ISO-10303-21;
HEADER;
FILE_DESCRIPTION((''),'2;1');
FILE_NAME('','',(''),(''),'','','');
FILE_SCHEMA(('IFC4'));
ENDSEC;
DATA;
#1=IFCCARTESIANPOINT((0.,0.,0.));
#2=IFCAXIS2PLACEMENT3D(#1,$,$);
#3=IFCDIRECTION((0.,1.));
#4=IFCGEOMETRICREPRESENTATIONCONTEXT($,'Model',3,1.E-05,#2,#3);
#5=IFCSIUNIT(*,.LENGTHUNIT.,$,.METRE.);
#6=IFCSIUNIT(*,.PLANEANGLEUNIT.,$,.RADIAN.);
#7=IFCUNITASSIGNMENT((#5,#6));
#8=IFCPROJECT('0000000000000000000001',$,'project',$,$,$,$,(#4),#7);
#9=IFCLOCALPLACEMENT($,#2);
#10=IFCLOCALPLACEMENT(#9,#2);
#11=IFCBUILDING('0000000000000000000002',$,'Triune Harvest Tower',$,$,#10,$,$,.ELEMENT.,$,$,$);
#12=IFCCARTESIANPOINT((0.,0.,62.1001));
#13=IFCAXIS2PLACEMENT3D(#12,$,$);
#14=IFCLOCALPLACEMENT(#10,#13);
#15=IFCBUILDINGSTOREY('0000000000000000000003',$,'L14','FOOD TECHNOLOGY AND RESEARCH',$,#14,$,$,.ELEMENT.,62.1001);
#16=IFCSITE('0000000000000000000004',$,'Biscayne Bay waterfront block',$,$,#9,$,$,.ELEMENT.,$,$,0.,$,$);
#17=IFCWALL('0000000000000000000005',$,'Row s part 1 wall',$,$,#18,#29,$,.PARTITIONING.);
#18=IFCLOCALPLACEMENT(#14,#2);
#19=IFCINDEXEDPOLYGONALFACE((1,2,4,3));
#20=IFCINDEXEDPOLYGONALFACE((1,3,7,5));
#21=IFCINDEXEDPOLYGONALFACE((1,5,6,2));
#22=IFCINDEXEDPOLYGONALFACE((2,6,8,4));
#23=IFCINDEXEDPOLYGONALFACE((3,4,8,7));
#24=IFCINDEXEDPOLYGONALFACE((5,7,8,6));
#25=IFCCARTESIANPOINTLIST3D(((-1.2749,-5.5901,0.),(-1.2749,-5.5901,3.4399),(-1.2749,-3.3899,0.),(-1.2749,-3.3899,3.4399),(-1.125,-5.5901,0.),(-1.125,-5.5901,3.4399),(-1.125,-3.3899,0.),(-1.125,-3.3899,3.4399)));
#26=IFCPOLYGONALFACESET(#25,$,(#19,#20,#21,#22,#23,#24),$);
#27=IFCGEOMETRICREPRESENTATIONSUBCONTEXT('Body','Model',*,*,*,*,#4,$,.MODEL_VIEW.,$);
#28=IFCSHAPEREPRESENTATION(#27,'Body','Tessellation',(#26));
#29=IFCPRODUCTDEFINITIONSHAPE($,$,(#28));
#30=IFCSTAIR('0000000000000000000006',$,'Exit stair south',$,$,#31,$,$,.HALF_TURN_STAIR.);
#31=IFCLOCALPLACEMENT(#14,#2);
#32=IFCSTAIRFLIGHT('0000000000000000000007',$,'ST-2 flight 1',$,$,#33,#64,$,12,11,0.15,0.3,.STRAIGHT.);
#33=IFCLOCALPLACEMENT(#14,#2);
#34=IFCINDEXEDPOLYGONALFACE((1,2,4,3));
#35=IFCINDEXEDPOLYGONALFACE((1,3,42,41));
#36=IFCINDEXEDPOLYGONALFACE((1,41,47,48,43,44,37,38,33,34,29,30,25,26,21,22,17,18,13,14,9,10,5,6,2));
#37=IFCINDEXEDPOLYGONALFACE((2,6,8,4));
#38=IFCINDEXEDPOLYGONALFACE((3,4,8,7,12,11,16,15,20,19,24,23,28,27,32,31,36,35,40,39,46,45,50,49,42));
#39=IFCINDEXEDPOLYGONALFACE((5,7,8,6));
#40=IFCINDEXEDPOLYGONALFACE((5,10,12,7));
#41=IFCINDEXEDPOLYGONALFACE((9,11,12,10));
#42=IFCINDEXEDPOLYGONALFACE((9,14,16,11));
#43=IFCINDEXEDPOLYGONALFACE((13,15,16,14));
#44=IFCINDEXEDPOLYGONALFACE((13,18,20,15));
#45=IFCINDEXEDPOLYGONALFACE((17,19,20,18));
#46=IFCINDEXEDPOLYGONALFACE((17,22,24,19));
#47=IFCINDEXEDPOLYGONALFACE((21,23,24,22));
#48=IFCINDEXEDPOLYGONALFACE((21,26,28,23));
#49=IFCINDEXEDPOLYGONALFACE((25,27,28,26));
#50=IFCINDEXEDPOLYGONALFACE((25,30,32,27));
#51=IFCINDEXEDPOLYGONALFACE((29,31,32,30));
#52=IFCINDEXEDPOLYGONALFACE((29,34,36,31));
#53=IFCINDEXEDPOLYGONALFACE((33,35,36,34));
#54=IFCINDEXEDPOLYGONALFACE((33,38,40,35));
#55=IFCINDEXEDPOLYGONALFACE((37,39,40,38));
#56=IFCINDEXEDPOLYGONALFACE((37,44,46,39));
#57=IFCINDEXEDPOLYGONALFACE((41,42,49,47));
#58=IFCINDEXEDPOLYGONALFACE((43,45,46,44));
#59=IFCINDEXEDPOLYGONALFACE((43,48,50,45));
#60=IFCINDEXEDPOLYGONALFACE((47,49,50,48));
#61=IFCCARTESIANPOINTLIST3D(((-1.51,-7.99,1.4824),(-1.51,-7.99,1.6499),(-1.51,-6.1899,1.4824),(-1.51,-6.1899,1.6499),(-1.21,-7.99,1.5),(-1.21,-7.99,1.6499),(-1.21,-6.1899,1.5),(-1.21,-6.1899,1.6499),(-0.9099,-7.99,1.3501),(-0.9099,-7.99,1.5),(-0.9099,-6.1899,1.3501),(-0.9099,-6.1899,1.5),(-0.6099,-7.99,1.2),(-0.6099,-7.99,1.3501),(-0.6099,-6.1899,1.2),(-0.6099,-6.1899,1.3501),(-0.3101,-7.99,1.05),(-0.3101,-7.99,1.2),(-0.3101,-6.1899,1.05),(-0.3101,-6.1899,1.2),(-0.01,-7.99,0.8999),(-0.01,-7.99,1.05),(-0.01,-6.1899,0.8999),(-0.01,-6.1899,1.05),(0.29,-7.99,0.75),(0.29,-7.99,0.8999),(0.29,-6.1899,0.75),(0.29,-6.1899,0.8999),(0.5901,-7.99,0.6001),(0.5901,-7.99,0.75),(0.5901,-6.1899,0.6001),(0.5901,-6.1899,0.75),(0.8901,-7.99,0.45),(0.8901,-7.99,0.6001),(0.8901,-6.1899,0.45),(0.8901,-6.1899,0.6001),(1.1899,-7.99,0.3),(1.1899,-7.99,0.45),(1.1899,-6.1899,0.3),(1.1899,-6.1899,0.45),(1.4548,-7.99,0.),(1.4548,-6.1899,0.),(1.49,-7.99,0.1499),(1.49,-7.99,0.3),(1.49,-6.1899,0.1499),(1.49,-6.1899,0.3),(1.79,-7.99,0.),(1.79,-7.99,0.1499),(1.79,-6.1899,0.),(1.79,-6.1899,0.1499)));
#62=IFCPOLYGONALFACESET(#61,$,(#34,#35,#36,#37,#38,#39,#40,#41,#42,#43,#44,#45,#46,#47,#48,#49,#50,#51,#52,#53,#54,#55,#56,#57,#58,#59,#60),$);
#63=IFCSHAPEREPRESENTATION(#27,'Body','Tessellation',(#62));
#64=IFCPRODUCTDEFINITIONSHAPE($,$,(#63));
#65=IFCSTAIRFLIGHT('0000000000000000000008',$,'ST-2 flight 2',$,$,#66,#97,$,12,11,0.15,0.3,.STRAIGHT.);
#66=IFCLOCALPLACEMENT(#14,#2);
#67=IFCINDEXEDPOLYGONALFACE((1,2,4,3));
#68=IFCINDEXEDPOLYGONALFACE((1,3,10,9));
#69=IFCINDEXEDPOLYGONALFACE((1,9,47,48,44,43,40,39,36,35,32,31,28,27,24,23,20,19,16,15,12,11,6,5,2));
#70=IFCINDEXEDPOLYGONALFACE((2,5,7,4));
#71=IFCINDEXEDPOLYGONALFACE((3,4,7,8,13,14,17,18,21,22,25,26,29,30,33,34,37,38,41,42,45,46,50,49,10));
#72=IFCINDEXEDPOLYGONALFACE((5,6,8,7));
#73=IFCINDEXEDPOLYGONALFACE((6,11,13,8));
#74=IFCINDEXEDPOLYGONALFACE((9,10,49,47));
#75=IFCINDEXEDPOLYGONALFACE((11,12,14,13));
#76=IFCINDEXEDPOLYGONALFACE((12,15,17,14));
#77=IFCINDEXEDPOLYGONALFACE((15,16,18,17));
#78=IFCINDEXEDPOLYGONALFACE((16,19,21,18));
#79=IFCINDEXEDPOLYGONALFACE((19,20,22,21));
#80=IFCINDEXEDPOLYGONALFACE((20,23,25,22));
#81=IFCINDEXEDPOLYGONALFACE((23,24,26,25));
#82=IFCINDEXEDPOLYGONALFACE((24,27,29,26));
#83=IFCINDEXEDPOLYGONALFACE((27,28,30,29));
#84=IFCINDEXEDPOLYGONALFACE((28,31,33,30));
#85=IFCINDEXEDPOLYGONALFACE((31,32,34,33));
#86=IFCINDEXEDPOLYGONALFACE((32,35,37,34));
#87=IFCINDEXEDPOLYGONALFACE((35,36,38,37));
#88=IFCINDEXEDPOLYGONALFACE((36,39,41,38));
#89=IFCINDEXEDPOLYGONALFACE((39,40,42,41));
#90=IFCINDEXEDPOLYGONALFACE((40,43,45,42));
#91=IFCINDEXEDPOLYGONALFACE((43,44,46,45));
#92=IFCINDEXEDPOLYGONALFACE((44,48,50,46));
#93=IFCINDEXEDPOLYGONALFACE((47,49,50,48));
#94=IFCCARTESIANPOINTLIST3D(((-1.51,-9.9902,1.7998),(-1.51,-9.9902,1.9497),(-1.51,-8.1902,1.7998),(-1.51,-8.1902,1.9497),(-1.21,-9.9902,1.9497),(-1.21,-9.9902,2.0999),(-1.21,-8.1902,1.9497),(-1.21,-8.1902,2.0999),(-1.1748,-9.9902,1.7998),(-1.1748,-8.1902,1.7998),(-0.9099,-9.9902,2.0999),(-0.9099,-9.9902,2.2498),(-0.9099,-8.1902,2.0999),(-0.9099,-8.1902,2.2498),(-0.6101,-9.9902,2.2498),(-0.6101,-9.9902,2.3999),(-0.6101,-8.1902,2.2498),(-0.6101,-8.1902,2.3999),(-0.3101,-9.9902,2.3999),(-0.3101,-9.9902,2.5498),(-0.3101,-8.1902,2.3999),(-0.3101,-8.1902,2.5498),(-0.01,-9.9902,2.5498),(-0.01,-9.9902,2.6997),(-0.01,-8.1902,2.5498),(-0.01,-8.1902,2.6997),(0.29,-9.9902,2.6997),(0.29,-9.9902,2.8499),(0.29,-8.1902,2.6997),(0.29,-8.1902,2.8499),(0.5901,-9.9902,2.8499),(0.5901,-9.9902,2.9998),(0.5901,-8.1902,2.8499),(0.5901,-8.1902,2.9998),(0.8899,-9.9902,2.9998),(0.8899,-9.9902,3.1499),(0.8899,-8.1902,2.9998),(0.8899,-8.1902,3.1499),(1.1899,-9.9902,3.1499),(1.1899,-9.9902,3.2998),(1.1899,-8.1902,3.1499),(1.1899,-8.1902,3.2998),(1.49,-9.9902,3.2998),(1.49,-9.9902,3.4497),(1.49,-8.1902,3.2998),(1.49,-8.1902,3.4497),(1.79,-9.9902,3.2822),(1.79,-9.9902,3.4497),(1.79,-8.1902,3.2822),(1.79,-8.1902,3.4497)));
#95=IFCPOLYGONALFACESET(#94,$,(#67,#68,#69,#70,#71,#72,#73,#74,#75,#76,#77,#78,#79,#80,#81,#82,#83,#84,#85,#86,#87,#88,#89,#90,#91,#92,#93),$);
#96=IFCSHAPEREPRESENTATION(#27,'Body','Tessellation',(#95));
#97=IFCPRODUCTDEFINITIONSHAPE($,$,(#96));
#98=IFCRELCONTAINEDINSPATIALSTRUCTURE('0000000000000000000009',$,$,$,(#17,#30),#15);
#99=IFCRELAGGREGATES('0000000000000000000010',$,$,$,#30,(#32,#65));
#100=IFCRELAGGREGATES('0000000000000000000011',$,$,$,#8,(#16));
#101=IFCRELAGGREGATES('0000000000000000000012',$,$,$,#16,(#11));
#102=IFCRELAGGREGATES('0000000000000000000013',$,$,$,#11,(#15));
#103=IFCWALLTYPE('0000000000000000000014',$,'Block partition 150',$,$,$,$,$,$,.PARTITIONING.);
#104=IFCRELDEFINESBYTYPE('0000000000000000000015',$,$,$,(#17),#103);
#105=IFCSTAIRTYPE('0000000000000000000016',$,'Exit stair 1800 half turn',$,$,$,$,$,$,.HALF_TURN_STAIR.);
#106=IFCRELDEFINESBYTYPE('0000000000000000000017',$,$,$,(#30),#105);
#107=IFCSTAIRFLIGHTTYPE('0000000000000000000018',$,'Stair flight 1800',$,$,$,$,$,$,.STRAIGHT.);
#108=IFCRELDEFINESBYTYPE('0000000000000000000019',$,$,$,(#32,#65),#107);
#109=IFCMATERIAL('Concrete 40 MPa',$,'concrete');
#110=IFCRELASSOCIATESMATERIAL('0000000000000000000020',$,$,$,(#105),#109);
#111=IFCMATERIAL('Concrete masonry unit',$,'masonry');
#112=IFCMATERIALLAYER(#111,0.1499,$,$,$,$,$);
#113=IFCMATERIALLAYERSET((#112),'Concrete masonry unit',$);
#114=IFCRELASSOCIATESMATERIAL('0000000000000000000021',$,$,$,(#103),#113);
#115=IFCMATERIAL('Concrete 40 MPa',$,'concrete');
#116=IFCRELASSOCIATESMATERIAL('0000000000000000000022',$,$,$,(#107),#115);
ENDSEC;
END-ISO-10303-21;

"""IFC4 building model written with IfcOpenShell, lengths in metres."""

from ifc_helpers import new_model, si_unit, direction, frame, frame_2d, origin, place, context, subcontext, project, spatial, polyline, rectangle, outline, extrude, source, transform, mapped, material, layer, layer_set, type_object, element, aggregate, save


model = new_model("IFC4")

# Units and contexts
model_context = context("Model", 3, precision=1e-05, world=origin(), true_north=direction((0.0, 1.0)))
body_context = subcontext(model_context, "Body", "Model", "MODEL_VIEW")
ifc_project = project(units=[si_unit("LENGTHUNIT", "METRE"), si_unit("PLANEANGLEUNIT", "RADIAN")], contexts=[model_context])

# Site, building, storey
site_placement = place(None, origin())
site = spatial("IfcSite", under=ifc_project, at=site_placement, Name="Biscayne Bay waterfront block", CompositionType="ELEMENT", RefElevation=0.0)
building_placement = place(site_placement, origin())
building = spatial("IfcBuilding", under=site, at=building_placement, Name="Triune Harvest Tower", CompositionType="ELEMENT")
storey_placement = place(building_placement, frame((0.0, 0.0, 62.1001)))
storey = spatial("IfcBuildingStorey", under=building, at=storey_placement, Name="L14", Description="FOOD TECHNOLOGY AND RESEARCH", CompositionType="ELEMENT", Elevation=62.1001)

# Shared definitions
ifc_material_1 = material(Name="Concrete 40 MPa", Category="concrete")
stair_type = type_object("IfcStairType", Name="Exit stair 1800 half turn", PredefinedType="HALF_TURN_STAIR", material=ifc_material_1)

# Wall
ifc_material_2 = material(Name="Concrete masonry unit", Category="masonry")
ifc_layer_1 = layer(ifc_material_2, 0.1499)
ifc_layer_set_1 = layer_set([ifc_layer_1], Name="Concrete masonry unit")
wall_type_1 = type_object("IfcWallType", Name="Block partition 150", PredefinedType="PARTITIONING", material=ifc_layer_set_1)
shared_shape_1 = source(origin(), body_context, "Body", "SweptSolid", [
    extrude(rectangle(XDim=2.2002, YDim=0.1499, at=frame_2d((1.1001, 0.0))), origin(), (0.0, 0.0, 1.0), 3.4399),
])
wall_1_placement = place(storey_placement, frame((-1.2, -5.5901, 0.0), z_axis=(0.0, 0.0, 1.0), x_axis=(0.0, 1.0, 0.0)))
element("IfcWall", 1, at=wall_1_placement, inside=storey, type_object=wall_type_1, Name="Row s part 1 wall", PredefinedType="PARTITIONING", context=body_context, shape_type="MappedRepresentation", body=[
    mapped(shared_shape_1, transform((0.0, 0.0, 0.0), scale=1.0)),
])

# Stair, stair flights
stair_1_placement = place(storey_placement, origin())
stair_1 = element("IfcStair", 2, at=stair_1_placement, inside=storey, type_object=stair_type, Name="Exit stair south", PredefinedType="HALF_TURN_STAIR")
ifc_material_3 = material(Name="Concrete 40 MPa", Category="concrete")
stair_flight_type = type_object("IfcStairFlightType", Name="Stair flight 1800", PredefinedType="STRAIGHT", material=ifc_material_3)
shared_shape_2 = source(origin(), body_context, "Body", "SweptSolid", [
    extrude(outline(polyline([(0.0, 0.0), (0.0, 0.1499), (0.3, 0.1499), (0.3, 0.3), (0.6001, 0.3), (0.6001, 0.45), (0.8999, 0.45), (0.8999, 0.6001), (1.2, 0.6001), (1.2, 0.75), (1.5, 0.75), (1.5, 0.8999), (1.8, 0.8999), (1.8, 1.05), (2.1001, 1.05), (2.1001, 1.2), (2.3999, 1.2), (2.3999, 1.3501), (2.7, 1.3501), (2.7, 1.5), (3.0, 1.5), (3.0, 1.6499), (3.3, 1.6499), (3.3, 1.8), (3.3, 1.4824), (0.3352, 0.0), (0.0, 0.0)])), frame((0.0, 0.8999, 0.0), z_axis=(0.0, -1.0, 0.0), x_axis=(1.0, 0.0, 0.0)), (0.0, 0.0, 1.0), 1.8),
])
stair_flight_1_placement = place(storey_placement, frame((1.79, -7.0901, 0.0), z_axis=(0.0, 0.0, 1.0), x_axis=(-1.0, 0.0, 0.0)))
stair_flight_1 = element("IfcStairFlight", 3, at=stair_flight_1_placement, type_object=stair_flight_type, Name="ST-2 flight 1", NumberOfRisers=12, NumberOfTreads=11, PredefinedType="STRAIGHT", RiserHeight=0.15, TreadLength=0.3, context=body_context, shape_type="MappedRepresentation", body=[
    mapped(shared_shape_2, transform((0.0, 0.0, 0.0), scale=1.0)),
])
stair_flight_2_placement = place(storey_placement, frame((-1.51, -9.0901, 1.7998), z_axis=(0.0, 0.0, 1.0), x_axis=(1.0, 0.0, 0.0)))
stair_flight_2 = element("IfcStairFlight", 4, at=stair_flight_2_placement, type_object=stair_flight_type, Name="ST-2 flight 2", NumberOfRisers=12, NumberOfTreads=11, PredefinedType="STRAIGHT", RiserHeight=0.15, TreadLength=0.3, context=body_context, shape_type="MappedRepresentation", body=[
    mapped(shared_shape_2, transform((0.0, 0.0, 0.0), scale=1.0)),
])
aggregate(stair_1, [stair_flight_1, stair_flight_2])

save(model, "model.ifc")
